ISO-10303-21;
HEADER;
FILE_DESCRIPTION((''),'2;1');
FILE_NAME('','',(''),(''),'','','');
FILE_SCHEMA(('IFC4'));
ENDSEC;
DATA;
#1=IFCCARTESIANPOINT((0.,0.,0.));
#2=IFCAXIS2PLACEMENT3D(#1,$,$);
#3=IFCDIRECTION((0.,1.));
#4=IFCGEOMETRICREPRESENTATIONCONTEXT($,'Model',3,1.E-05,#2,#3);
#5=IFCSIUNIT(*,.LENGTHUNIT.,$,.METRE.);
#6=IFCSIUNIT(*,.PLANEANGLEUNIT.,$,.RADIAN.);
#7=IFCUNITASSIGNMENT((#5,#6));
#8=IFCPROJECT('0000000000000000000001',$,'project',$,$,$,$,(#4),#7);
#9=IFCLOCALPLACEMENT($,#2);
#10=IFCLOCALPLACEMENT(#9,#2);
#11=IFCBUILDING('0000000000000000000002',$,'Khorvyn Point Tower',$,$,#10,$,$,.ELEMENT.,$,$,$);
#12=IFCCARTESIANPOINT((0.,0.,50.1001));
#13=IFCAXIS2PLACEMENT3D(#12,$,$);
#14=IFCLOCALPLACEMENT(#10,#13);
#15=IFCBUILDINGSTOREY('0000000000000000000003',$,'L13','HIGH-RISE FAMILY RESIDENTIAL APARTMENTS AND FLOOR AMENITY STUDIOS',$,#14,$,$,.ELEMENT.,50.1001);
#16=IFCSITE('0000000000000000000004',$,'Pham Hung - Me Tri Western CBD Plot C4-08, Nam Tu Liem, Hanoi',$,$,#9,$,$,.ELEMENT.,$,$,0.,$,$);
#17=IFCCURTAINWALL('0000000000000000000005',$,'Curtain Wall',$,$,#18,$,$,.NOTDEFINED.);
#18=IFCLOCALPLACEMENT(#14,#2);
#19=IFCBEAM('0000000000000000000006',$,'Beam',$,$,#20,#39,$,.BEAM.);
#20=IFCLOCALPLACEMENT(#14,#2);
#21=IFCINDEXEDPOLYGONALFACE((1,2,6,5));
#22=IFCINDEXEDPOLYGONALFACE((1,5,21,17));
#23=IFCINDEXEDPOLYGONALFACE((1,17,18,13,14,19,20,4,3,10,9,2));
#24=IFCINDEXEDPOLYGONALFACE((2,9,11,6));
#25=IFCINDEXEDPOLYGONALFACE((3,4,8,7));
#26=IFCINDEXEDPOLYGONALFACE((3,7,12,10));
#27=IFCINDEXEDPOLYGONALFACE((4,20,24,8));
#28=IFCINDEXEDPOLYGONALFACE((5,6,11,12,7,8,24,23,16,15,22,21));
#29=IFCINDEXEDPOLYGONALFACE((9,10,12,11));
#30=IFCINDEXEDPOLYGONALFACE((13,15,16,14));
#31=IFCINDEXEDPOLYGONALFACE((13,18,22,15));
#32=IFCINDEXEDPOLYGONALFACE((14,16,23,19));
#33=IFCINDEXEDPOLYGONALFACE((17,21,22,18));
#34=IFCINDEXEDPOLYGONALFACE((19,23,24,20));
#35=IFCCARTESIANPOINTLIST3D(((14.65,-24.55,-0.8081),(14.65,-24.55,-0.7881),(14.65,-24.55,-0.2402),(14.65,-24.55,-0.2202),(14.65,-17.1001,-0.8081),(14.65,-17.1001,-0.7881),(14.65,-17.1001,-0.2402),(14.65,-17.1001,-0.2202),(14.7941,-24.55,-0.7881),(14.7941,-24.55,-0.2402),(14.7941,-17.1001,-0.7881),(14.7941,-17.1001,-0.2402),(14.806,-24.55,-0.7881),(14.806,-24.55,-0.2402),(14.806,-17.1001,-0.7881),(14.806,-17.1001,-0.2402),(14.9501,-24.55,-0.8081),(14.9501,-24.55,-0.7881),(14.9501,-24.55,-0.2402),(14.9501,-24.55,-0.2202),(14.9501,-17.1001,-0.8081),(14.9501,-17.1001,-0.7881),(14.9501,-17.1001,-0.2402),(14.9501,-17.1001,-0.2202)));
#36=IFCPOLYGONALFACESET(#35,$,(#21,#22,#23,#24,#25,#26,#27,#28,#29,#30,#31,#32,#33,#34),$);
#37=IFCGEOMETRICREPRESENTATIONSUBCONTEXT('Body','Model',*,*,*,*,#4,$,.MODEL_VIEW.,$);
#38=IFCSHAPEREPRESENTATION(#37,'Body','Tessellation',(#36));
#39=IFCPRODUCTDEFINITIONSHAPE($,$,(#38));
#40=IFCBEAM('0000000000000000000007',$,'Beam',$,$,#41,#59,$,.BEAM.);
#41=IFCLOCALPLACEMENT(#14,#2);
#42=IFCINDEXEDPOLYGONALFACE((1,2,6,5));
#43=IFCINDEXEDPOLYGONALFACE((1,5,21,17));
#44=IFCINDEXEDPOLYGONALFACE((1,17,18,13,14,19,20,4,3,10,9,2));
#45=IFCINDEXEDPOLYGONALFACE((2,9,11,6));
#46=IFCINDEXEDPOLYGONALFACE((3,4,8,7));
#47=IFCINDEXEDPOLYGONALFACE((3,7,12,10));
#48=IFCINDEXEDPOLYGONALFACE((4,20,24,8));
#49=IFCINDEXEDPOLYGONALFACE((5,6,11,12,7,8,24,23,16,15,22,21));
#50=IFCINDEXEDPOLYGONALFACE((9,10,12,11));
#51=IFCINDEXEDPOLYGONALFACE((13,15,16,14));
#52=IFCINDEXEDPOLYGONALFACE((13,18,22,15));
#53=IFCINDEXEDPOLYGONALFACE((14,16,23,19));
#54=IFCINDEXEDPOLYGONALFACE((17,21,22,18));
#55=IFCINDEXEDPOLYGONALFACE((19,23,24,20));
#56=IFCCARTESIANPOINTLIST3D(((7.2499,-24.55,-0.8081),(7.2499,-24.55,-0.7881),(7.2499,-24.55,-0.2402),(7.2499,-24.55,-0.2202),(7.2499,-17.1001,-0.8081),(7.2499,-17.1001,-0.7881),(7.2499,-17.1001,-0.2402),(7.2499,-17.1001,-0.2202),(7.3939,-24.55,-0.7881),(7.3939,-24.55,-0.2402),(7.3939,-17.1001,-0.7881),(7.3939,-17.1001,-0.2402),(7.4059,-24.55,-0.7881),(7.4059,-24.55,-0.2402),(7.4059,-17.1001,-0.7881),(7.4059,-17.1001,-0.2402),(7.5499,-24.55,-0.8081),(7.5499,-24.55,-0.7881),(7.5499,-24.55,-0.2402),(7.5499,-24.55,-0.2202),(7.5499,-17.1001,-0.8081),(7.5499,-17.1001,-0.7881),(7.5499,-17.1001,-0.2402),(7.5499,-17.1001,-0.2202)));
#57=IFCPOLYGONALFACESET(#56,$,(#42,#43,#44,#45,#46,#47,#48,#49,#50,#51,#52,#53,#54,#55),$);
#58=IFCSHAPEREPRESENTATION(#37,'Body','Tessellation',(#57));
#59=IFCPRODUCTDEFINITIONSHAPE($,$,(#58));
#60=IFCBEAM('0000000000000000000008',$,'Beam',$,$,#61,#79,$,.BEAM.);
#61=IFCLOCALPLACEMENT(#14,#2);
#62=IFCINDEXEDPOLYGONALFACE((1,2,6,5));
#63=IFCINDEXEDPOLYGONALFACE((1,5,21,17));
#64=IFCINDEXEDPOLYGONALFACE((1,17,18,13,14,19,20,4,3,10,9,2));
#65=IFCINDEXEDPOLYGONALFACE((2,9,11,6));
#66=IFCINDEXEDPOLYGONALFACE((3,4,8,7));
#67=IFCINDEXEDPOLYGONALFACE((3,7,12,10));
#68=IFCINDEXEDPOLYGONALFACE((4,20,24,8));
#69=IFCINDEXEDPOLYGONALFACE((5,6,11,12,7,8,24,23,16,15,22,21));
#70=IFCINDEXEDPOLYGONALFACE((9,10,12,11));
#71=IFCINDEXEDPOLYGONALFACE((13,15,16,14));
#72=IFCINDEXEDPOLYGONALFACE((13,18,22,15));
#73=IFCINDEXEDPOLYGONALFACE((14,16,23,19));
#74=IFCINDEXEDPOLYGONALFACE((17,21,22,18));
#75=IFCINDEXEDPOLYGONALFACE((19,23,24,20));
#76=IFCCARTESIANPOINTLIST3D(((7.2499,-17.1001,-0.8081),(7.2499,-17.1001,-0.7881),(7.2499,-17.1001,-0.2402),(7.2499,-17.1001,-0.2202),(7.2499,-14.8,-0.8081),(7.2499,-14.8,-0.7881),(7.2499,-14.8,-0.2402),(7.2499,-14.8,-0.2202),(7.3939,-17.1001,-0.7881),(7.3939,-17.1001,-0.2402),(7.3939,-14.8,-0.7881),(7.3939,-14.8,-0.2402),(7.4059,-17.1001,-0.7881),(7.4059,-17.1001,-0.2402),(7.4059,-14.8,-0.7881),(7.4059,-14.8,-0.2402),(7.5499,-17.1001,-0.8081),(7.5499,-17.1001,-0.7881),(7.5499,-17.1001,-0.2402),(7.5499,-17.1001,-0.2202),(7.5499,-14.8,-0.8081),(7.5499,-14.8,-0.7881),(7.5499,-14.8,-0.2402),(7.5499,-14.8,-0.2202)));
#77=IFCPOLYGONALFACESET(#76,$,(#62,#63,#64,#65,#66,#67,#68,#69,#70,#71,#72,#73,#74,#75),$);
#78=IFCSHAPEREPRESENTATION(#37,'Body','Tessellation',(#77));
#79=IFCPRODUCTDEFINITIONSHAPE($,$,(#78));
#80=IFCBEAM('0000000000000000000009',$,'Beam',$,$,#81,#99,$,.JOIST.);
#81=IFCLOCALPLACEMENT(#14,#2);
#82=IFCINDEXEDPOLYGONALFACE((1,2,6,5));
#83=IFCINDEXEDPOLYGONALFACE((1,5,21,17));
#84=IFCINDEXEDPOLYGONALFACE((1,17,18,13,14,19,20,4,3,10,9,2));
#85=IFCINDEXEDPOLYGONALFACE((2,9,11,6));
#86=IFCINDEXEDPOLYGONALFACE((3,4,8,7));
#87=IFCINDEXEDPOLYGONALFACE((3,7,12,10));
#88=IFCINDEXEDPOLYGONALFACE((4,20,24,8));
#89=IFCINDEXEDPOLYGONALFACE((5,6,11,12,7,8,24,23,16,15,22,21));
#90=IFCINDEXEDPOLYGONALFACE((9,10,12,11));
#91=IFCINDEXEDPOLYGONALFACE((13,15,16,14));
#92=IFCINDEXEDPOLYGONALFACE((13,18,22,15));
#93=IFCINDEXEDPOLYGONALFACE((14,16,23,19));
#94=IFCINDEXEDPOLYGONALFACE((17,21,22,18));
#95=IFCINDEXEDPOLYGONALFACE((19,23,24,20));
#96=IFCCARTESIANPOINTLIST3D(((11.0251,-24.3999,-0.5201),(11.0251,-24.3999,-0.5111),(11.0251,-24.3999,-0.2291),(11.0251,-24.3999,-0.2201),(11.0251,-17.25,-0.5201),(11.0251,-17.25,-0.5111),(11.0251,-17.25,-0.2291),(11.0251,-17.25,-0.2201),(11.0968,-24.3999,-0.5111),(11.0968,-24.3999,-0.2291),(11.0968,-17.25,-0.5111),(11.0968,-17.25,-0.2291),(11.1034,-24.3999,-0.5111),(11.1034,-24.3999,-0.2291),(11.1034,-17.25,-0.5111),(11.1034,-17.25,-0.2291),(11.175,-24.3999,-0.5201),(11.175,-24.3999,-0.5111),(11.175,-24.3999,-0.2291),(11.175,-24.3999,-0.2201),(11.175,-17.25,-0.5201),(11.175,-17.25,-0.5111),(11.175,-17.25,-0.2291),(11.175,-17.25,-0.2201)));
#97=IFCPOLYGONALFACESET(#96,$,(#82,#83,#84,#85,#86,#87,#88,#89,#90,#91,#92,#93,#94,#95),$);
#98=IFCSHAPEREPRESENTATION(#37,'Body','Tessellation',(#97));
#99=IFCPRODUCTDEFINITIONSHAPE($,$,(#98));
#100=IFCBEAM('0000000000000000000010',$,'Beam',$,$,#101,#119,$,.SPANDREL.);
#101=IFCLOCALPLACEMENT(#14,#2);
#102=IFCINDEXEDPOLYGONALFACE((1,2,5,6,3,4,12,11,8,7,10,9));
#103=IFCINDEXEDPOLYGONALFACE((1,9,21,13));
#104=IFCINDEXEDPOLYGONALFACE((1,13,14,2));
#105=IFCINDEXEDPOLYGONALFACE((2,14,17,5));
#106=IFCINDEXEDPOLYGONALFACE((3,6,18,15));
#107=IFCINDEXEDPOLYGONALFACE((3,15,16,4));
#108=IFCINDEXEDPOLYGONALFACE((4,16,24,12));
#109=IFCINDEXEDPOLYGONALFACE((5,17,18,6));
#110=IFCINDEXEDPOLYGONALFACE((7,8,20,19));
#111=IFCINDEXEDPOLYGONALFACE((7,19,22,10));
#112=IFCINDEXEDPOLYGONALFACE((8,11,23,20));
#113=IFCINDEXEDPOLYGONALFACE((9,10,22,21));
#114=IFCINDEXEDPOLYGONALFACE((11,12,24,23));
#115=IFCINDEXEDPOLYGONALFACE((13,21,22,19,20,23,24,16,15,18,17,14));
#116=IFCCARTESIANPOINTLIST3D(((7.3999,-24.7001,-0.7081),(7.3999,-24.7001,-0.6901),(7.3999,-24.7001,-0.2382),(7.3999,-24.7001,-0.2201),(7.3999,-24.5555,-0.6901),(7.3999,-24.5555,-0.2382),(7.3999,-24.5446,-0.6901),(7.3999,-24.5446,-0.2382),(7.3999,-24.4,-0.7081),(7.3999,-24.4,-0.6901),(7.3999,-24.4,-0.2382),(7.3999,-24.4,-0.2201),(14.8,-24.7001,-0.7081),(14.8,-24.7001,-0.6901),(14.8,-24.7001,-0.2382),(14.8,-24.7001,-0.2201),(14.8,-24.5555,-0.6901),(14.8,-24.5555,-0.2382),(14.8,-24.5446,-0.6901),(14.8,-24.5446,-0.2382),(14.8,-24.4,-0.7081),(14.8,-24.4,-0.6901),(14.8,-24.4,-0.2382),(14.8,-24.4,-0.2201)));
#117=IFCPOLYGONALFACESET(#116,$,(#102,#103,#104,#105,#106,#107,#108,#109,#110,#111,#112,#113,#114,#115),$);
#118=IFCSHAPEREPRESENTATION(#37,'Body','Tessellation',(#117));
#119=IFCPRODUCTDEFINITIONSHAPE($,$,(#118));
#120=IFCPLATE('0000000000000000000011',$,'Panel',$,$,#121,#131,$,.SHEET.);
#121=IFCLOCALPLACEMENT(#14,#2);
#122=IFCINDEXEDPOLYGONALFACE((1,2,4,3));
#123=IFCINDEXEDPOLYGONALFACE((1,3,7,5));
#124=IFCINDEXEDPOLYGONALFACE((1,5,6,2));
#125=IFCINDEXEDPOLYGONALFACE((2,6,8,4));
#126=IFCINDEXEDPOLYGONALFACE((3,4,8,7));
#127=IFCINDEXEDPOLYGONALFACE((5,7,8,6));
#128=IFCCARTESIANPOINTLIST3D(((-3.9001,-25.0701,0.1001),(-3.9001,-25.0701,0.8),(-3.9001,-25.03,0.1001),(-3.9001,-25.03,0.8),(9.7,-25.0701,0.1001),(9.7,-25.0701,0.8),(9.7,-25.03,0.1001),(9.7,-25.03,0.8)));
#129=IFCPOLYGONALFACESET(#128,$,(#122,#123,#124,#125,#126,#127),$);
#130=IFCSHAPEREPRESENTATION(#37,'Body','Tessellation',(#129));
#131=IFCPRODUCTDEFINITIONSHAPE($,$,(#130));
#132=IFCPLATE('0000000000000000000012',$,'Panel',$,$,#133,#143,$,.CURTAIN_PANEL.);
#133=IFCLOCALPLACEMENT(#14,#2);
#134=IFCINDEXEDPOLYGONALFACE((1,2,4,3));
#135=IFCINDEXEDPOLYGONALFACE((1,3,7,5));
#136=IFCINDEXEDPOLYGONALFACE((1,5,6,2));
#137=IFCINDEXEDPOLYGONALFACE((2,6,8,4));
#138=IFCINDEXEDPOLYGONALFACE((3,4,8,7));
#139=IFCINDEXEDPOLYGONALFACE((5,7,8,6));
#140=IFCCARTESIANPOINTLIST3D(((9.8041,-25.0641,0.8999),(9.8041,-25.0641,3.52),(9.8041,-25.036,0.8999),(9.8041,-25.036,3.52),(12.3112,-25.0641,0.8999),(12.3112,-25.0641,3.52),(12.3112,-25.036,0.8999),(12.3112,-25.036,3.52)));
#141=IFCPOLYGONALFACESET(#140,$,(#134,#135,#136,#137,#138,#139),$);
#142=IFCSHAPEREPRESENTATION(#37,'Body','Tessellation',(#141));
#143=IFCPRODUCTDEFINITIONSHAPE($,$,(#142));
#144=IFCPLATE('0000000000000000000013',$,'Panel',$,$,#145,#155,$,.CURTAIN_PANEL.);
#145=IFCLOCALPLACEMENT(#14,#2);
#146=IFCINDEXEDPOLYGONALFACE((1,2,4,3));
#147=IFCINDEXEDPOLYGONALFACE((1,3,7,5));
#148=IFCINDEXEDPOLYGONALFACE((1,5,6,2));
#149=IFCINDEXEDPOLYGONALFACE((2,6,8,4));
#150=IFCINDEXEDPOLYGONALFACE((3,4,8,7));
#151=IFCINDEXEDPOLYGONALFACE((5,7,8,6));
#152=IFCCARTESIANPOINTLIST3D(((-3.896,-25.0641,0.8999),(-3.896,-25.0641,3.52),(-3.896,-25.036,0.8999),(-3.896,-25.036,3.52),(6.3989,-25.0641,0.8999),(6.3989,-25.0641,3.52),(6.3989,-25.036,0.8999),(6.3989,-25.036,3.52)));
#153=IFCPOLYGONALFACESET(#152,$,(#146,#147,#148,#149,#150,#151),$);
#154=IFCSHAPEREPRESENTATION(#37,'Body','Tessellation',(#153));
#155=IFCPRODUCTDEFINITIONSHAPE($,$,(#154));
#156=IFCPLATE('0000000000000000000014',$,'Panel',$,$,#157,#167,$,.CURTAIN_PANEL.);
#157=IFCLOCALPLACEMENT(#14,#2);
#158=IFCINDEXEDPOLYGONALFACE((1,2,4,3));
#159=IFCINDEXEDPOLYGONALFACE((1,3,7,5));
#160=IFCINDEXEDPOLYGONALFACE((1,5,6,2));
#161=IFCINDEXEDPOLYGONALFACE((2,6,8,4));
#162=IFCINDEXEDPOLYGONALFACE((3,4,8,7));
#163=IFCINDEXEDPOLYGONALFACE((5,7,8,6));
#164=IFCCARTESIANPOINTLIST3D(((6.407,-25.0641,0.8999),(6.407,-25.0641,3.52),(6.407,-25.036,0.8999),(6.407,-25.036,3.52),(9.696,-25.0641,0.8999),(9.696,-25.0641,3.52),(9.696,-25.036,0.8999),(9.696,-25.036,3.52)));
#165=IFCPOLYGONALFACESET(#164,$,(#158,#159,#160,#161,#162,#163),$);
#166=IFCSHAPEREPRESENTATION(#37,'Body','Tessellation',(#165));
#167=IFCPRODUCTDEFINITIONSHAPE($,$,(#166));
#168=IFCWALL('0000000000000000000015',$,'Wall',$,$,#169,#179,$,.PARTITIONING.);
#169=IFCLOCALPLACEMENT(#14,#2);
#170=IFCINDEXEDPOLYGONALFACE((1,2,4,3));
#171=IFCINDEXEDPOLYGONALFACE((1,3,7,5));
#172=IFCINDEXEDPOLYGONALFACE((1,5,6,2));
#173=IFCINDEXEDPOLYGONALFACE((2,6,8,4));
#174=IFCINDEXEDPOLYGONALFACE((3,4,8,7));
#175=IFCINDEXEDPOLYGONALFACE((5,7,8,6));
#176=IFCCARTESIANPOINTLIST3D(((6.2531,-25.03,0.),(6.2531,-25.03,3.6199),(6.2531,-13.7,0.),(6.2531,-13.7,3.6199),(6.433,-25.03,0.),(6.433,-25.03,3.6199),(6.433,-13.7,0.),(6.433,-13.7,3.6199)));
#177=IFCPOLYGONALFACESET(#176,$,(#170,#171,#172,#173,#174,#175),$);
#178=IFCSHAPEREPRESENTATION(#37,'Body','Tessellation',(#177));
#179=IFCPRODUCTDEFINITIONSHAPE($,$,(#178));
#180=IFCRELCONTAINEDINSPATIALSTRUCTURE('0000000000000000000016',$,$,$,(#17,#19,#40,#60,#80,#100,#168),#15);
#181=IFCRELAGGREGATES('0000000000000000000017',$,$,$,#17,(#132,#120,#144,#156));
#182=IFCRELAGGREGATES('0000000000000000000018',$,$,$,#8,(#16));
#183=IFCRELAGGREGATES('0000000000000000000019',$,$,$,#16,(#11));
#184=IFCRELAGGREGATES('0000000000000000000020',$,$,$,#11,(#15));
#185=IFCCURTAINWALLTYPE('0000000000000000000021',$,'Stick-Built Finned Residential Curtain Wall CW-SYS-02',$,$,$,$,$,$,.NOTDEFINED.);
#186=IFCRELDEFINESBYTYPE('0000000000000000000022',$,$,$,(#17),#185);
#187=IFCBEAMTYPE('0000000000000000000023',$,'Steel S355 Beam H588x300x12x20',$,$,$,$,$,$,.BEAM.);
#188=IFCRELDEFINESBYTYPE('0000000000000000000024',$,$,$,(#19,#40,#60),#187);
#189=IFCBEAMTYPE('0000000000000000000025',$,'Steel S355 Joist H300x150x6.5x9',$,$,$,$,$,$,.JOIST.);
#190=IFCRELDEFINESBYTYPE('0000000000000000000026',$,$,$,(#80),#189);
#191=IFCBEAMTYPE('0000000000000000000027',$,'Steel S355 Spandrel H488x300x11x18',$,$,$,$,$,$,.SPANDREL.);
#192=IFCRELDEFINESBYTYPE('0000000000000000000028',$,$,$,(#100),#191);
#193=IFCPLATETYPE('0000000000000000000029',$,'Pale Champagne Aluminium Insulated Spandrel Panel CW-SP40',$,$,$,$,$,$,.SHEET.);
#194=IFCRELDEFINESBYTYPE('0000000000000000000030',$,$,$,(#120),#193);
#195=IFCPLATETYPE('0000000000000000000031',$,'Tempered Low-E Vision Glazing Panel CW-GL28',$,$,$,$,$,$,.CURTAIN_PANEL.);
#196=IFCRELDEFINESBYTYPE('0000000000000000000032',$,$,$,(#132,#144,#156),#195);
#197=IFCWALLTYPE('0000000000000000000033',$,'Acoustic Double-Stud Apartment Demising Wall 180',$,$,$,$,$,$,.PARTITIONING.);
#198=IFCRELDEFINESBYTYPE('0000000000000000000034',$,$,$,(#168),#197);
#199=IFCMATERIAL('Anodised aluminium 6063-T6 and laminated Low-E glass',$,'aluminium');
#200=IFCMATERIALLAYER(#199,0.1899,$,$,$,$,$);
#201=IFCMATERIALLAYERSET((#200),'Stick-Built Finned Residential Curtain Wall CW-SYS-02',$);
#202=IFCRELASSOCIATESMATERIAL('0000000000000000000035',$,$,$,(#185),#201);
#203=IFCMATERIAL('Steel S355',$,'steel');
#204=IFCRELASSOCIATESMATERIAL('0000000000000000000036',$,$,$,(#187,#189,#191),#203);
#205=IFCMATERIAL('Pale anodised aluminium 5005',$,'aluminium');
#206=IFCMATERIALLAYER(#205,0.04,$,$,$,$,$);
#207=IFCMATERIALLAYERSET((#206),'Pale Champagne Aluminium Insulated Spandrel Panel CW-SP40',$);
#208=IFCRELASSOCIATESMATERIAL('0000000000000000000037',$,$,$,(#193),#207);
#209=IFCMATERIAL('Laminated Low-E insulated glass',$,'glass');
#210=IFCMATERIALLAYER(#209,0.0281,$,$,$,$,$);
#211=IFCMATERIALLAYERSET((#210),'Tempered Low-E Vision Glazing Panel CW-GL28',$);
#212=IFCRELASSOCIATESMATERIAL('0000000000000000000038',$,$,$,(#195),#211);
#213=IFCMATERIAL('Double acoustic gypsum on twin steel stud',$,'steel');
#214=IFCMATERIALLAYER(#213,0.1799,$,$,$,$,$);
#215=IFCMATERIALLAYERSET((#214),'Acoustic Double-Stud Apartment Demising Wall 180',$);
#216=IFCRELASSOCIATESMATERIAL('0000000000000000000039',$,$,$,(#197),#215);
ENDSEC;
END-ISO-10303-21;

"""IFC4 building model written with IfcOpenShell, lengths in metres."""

from ifc_helpers import new_model, si_unit, direction, frame, frame_2d, origin, origin_2d, place, context, subcontext, project, spatial, rectangle, i_section, extrude, material, layer, layer_set, material_profile, profile_set, type_object, element, aggregate, save


model = new_model("IFC4")

# Units and contexts
model_context = context("Model", 3, precision=1e-05, world=origin(), true_north=direction((0.0, 1.0)))
body_context = subcontext(model_context, "Body", "Model", "MODEL_VIEW")
ifc_project = project(units=[si_unit("LENGTHUNIT", "METRE"), si_unit("PLANEANGLEUNIT", "RADIAN")], contexts=[model_context])

# Site, building, storey
site_placement = place(None, origin())
site = spatial("IfcSite", under=ifc_project, at=site_placement, Name="Pham Hung - Me Tri Western CBD Plot C4-08, Nam Tu Liem, Hanoi", CompositionType="ELEMENT", RefElevation=0.0)
building_placement = place(site_placement, origin())
building = spatial("IfcBuilding", under=site, at=building_placement, Name="Khorvyn Point Tower", CompositionType="ELEMENT")
storey_placement = place(building_placement, frame((0.0, 0.0, 50.1001)))
storey = spatial("IfcBuildingStorey", under=building, at=storey_placement, Name="L13", Description="HIGH-RISE FAMILY RESIDENTIAL APARTMENTS AND FLOOR AMENITY STUDIOS", CompositionType="ELEMENT", Elevation=50.1001)

# Curtain wall
ifc_material_1 = material(Name="Anodised aluminium 6063-T6 and laminated Low-E glass", Category="aluminium")
ifc_layer_1 = layer(ifc_material_1, 0.1899)
ifc_layer_set_1 = layer_set([ifc_layer_1], Name="Stick-Built Finned Residential Curtain Wall CW-SYS-02")
curtain_wall_type = type_object("IfcCurtainWallType", Name="Stick-Built Finned Residential Curtain Wall CW-SYS-02", PredefinedType="NOTDEFINED", material=ifc_layer_set_1)
curtain_wall_placement = place(storey_placement, origin())
curtain_wall = element("IfcCurtainWall", 1, at=curtain_wall_placement, inside=storey, type_object=curtain_wall_type, Name="Curtain Wall", PredefinedType="NOTDEFINED")

# Beams
ifc_material_2 = material(Name="Steel S355", Category="steel")
ifc_material_profile_1 = material_profile(ifc_material_2, i_section(OverallWidth=0.3, OverallDepth=0.5879, WebThickness=0.012, FlangeThickness=0.02, at=origin_2d()))
ifc_profile_set_1 = profile_set([ifc_material_profile_1], Name="Steel S355 H588x300x12x20")
beam_type_1 = type_object("IfcBeamType", Name="Steel S355 Beam H588x300x12x20", PredefinedType="BEAM", material=ifc_profile_set_1)
for number, where, z_axis, x_axis, name in (
    (2, (14.8, -24.55, -0.5142), (0.0, 1.0, 0.0), (-1.0, 0.0, 0.0), "Beam"),
    (3, (7.3999, -24.55, -0.5142), (0.0, 1.0, 0.0), (-1.0, 0.0, 0.0), "Beam"),
):
    element("IfcBeam", number, at=place(storey_placement, frame(where, z_axis=z_axis, x_axis=x_axis)), inside=storey, type_object=beam_type_1, Name=name, PredefinedType="BEAM", context=body_context, shape_type="SweptSolid", body=[
        extrude(i_section(OverallWidth=0.3, OverallDepth=0.5879, WebThickness=0.012, FlangeThickness=0.02, at=origin_2d()), origin(), (0.0, 0.0, 1.0), 7.45),
    ])
beam_1_placement = place(storey_placement, frame((7.3999, -17.1001, -0.5142), z_axis=(0.0, 1.0, 0.0), x_axis=(-1.0, 0.0, 0.0)))
element("IfcBeam", 4, at=beam_1_placement, inside=storey, type_object=beam_type_1, Name="Beam", PredefinedType="BEAM", context=body_context, shape_type="SweptSolid", body=[
    extrude(i_section(OverallWidth=0.3, OverallDepth=0.5879, WebThickness=0.012, FlangeThickness=0.02, at=origin_2d()), origin(), (0.0, 0.0, 1.0), 2.3),
])
ifc_material_profile_2 = material_profile(ifc_material_2, i_section(OverallWidth=0.1499, OverallDepth=0.3, WebThickness=0.0066, FlangeThickness=0.009, at=origin_2d()))
ifc_profile_set_2 = profile_set([ifc_material_profile_2], Name="Steel S355 H300x150x6.5x9")
beam_type_2 = type_object("IfcBeamType", Name="Steel S355 Joist H300x150x6.5x9", PredefinedType="JOIST", material=ifc_profile_set_2)
beam_2_placement = place(storey_placement, frame((11.1001, -24.3999, -0.3701), z_axis=(0.0, 1.0, 0.0), x_axis=(-1.0, 0.0, 0.0)))
element("IfcBeam", 5, at=beam_2_placement, inside=storey, type_object=beam_type_2, Name="Beam", PredefinedType="JOIST", context=body_context, shape_type="SweptSolid", body=[
    extrude(i_section(OverallWidth=0.1499, OverallDepth=0.3, WebThickness=0.0066, FlangeThickness=0.009, at=origin_2d()), origin(), (0.0, 0.0, 1.0), 7.1499),
])
ifc_material_profile_3 = material_profile(ifc_material_2, i_section(OverallWidth=0.3, OverallDepth=0.488, WebThickness=0.011, FlangeThickness=0.0181, at=origin_2d()))
ifc_profile_set_3 = profile_set([ifc_material_profile_3], Name="Steel S355 H488x300x11x18")
beam_type_3 = type_object("IfcBeamType", Name="Steel S355 Spandrel H488x300x11x18", PredefinedType="SPANDREL", material=ifc_profile_set_3)
beam_3_placement = place(storey_placement, frame((7.3999, -24.55, -0.4641), z_axis=(1.0, 0.0, 0.0), x_axis=(0.0, 1.0, 0.0)))
element("IfcBeam", 6, at=beam_3_placement, inside=storey, type_object=beam_type_3, Name="Beam", PredefinedType="SPANDREL", context=body_context, shape_type="SweptSolid", body=[
    extrude(i_section(OverallWidth=0.3, OverallDepth=0.488, WebThickness=0.011, FlangeThickness=0.0181, at=origin_2d()), origin(), (0.0, 0.0, 1.0), 7.4001),
])

# Plates
ifc_material_3 = material(Name="Pale anodised aluminium 5005", Category="aluminium")
ifc_layer_2 = layer(ifc_material_3, 0.04)
ifc_layer_set_2 = layer_set([ifc_layer_2], Name="Pale Champagne Aluminium Insulated Spandrel Panel CW-SP40")
plate_type_1 = type_object("IfcPlateType", Name="Pale Champagne Aluminium Insulated Spandrel Panel CW-SP40", PredefinedType="SHEET", material=ifc_layer_set_2)
plate_1_placement = place(storey_placement, frame((2.8999, -25.05, 0.1001), z_axis=(0.0, 0.0, 1.0), x_axis=(-1.0, 0.0, 0.0)))
plate_1 = element("IfcPlate", 7, at=plate_1_placement, type_object=plate_type_1, Name="Panel", PredefinedType="SHEET", context=body_context, shape_type="SweptSolid", body=[
    extrude(rectangle(XDim=13.6001, YDim=0.04, at=origin_2d()), origin(), (0.0, 0.0, 1.0), 0.7),
])
ifc_material_4 = material(Name="Laminated Low-E insulated glass", Category="glass")
ifc_layer_3 = layer(ifc_material_4, 0.0281)
ifc_layer_set_3 = layer_set([ifc_layer_3], Name="Tempered Low-E Vision Glazing Panel CW-GL28")
plate_type_2 = type_object("IfcPlateType", Name="Tempered Low-E Vision Glazing Panel CW-GL28", PredefinedType="CURTAIN_PANEL", material=ifc_layer_set_3)
plate_2_placement = place(storey_placement, frame((11.0576, -25.05, 0.8999), z_axis=(0.0, 0.0, 1.0), x_axis=(-1.0, 0.0, 0.0)))
plate_2 = element("IfcPlate", 8, at=plate_2_placement, type_object=plate_type_2, Name="Panel", PredefinedType="CURTAIN_PANEL", context=body_context, shape_type="SweptSolid", body=[
    extrude(rectangle(XDim=2.5071, YDim=0.0281, at=origin_2d()), origin(), (0.0, 0.0, 1.0), 2.6201),
])
plate_3_placement = place(storey_placement, frame((1.2515, -25.05, 0.8999), z_axis=(0.0, 0.0, 1.0), x_axis=(-1.0, 0.0, 0.0)))
plate_3 = element("IfcPlate", 9, at=plate_3_placement, type_object=plate_type_2, Name="Panel", PredefinedType="CURTAIN_PANEL", context=body_context, shape_type="SweptSolid", body=[
    extrude(rectangle(XDim=10.2949, YDim=0.0281, at=origin_2d()), origin(), (0.0, 0.0, 1.0), 2.6201),
])
plate_4_placement = place(storey_placement, frame((8.0515, -25.05, 0.8999), z_axis=(0.0, 0.0, 1.0), x_axis=(-1.0, 0.0, 0.0)))
plate_4 = element("IfcPlate", 10, at=plate_4_placement, type_object=plate_type_2, Name="Panel", PredefinedType="CURTAIN_PANEL", context=body_context, shape_type="SweptSolid", body=[
    extrude(rectangle(XDim=3.2891, YDim=0.0281, at=origin_2d()), origin(), (0.0, 0.0, 1.0), 2.6201),
])
aggregate(curtain_wall, [plate_2, plate_1, plate_3, plate_4])

# Wall
ifc_material_5 = material(Name="Double acoustic gypsum on twin steel stud", Category="steel")
ifc_layer_4 = layer(ifc_material_5, 0.1799)
ifc_layer_set_4 = layer_set([ifc_layer_4], Name="Acoustic Double-Stud Apartment Demising Wall 180")
wall_type_1 = type_object("IfcWallType", Name="Acoustic Double-Stud Apartment Demising Wall 180", PredefinedType="PARTITIONING", material=ifc_layer_set_4)
wall_1_placement = place(storey_placement, frame((6.343, -25.03, 0.0), z_axis=(0.0, 0.0, 1.0), x_axis=(0.0, 1.0, 0.0)))
element("IfcWall", 11, at=wall_1_placement, inside=storey, type_object=wall_type_1, Name="Wall", PredefinedType="PARTITIONING", context=body_context, shape_type="SweptSolid", body=[
    extrude(rectangle(XDim=11.3301, YDim=0.1799, at=frame_2d((5.665, 0.0))), origin(), (0.0, 0.0, 1.0), 3.6199),
])

save(model, "model.ifc")
